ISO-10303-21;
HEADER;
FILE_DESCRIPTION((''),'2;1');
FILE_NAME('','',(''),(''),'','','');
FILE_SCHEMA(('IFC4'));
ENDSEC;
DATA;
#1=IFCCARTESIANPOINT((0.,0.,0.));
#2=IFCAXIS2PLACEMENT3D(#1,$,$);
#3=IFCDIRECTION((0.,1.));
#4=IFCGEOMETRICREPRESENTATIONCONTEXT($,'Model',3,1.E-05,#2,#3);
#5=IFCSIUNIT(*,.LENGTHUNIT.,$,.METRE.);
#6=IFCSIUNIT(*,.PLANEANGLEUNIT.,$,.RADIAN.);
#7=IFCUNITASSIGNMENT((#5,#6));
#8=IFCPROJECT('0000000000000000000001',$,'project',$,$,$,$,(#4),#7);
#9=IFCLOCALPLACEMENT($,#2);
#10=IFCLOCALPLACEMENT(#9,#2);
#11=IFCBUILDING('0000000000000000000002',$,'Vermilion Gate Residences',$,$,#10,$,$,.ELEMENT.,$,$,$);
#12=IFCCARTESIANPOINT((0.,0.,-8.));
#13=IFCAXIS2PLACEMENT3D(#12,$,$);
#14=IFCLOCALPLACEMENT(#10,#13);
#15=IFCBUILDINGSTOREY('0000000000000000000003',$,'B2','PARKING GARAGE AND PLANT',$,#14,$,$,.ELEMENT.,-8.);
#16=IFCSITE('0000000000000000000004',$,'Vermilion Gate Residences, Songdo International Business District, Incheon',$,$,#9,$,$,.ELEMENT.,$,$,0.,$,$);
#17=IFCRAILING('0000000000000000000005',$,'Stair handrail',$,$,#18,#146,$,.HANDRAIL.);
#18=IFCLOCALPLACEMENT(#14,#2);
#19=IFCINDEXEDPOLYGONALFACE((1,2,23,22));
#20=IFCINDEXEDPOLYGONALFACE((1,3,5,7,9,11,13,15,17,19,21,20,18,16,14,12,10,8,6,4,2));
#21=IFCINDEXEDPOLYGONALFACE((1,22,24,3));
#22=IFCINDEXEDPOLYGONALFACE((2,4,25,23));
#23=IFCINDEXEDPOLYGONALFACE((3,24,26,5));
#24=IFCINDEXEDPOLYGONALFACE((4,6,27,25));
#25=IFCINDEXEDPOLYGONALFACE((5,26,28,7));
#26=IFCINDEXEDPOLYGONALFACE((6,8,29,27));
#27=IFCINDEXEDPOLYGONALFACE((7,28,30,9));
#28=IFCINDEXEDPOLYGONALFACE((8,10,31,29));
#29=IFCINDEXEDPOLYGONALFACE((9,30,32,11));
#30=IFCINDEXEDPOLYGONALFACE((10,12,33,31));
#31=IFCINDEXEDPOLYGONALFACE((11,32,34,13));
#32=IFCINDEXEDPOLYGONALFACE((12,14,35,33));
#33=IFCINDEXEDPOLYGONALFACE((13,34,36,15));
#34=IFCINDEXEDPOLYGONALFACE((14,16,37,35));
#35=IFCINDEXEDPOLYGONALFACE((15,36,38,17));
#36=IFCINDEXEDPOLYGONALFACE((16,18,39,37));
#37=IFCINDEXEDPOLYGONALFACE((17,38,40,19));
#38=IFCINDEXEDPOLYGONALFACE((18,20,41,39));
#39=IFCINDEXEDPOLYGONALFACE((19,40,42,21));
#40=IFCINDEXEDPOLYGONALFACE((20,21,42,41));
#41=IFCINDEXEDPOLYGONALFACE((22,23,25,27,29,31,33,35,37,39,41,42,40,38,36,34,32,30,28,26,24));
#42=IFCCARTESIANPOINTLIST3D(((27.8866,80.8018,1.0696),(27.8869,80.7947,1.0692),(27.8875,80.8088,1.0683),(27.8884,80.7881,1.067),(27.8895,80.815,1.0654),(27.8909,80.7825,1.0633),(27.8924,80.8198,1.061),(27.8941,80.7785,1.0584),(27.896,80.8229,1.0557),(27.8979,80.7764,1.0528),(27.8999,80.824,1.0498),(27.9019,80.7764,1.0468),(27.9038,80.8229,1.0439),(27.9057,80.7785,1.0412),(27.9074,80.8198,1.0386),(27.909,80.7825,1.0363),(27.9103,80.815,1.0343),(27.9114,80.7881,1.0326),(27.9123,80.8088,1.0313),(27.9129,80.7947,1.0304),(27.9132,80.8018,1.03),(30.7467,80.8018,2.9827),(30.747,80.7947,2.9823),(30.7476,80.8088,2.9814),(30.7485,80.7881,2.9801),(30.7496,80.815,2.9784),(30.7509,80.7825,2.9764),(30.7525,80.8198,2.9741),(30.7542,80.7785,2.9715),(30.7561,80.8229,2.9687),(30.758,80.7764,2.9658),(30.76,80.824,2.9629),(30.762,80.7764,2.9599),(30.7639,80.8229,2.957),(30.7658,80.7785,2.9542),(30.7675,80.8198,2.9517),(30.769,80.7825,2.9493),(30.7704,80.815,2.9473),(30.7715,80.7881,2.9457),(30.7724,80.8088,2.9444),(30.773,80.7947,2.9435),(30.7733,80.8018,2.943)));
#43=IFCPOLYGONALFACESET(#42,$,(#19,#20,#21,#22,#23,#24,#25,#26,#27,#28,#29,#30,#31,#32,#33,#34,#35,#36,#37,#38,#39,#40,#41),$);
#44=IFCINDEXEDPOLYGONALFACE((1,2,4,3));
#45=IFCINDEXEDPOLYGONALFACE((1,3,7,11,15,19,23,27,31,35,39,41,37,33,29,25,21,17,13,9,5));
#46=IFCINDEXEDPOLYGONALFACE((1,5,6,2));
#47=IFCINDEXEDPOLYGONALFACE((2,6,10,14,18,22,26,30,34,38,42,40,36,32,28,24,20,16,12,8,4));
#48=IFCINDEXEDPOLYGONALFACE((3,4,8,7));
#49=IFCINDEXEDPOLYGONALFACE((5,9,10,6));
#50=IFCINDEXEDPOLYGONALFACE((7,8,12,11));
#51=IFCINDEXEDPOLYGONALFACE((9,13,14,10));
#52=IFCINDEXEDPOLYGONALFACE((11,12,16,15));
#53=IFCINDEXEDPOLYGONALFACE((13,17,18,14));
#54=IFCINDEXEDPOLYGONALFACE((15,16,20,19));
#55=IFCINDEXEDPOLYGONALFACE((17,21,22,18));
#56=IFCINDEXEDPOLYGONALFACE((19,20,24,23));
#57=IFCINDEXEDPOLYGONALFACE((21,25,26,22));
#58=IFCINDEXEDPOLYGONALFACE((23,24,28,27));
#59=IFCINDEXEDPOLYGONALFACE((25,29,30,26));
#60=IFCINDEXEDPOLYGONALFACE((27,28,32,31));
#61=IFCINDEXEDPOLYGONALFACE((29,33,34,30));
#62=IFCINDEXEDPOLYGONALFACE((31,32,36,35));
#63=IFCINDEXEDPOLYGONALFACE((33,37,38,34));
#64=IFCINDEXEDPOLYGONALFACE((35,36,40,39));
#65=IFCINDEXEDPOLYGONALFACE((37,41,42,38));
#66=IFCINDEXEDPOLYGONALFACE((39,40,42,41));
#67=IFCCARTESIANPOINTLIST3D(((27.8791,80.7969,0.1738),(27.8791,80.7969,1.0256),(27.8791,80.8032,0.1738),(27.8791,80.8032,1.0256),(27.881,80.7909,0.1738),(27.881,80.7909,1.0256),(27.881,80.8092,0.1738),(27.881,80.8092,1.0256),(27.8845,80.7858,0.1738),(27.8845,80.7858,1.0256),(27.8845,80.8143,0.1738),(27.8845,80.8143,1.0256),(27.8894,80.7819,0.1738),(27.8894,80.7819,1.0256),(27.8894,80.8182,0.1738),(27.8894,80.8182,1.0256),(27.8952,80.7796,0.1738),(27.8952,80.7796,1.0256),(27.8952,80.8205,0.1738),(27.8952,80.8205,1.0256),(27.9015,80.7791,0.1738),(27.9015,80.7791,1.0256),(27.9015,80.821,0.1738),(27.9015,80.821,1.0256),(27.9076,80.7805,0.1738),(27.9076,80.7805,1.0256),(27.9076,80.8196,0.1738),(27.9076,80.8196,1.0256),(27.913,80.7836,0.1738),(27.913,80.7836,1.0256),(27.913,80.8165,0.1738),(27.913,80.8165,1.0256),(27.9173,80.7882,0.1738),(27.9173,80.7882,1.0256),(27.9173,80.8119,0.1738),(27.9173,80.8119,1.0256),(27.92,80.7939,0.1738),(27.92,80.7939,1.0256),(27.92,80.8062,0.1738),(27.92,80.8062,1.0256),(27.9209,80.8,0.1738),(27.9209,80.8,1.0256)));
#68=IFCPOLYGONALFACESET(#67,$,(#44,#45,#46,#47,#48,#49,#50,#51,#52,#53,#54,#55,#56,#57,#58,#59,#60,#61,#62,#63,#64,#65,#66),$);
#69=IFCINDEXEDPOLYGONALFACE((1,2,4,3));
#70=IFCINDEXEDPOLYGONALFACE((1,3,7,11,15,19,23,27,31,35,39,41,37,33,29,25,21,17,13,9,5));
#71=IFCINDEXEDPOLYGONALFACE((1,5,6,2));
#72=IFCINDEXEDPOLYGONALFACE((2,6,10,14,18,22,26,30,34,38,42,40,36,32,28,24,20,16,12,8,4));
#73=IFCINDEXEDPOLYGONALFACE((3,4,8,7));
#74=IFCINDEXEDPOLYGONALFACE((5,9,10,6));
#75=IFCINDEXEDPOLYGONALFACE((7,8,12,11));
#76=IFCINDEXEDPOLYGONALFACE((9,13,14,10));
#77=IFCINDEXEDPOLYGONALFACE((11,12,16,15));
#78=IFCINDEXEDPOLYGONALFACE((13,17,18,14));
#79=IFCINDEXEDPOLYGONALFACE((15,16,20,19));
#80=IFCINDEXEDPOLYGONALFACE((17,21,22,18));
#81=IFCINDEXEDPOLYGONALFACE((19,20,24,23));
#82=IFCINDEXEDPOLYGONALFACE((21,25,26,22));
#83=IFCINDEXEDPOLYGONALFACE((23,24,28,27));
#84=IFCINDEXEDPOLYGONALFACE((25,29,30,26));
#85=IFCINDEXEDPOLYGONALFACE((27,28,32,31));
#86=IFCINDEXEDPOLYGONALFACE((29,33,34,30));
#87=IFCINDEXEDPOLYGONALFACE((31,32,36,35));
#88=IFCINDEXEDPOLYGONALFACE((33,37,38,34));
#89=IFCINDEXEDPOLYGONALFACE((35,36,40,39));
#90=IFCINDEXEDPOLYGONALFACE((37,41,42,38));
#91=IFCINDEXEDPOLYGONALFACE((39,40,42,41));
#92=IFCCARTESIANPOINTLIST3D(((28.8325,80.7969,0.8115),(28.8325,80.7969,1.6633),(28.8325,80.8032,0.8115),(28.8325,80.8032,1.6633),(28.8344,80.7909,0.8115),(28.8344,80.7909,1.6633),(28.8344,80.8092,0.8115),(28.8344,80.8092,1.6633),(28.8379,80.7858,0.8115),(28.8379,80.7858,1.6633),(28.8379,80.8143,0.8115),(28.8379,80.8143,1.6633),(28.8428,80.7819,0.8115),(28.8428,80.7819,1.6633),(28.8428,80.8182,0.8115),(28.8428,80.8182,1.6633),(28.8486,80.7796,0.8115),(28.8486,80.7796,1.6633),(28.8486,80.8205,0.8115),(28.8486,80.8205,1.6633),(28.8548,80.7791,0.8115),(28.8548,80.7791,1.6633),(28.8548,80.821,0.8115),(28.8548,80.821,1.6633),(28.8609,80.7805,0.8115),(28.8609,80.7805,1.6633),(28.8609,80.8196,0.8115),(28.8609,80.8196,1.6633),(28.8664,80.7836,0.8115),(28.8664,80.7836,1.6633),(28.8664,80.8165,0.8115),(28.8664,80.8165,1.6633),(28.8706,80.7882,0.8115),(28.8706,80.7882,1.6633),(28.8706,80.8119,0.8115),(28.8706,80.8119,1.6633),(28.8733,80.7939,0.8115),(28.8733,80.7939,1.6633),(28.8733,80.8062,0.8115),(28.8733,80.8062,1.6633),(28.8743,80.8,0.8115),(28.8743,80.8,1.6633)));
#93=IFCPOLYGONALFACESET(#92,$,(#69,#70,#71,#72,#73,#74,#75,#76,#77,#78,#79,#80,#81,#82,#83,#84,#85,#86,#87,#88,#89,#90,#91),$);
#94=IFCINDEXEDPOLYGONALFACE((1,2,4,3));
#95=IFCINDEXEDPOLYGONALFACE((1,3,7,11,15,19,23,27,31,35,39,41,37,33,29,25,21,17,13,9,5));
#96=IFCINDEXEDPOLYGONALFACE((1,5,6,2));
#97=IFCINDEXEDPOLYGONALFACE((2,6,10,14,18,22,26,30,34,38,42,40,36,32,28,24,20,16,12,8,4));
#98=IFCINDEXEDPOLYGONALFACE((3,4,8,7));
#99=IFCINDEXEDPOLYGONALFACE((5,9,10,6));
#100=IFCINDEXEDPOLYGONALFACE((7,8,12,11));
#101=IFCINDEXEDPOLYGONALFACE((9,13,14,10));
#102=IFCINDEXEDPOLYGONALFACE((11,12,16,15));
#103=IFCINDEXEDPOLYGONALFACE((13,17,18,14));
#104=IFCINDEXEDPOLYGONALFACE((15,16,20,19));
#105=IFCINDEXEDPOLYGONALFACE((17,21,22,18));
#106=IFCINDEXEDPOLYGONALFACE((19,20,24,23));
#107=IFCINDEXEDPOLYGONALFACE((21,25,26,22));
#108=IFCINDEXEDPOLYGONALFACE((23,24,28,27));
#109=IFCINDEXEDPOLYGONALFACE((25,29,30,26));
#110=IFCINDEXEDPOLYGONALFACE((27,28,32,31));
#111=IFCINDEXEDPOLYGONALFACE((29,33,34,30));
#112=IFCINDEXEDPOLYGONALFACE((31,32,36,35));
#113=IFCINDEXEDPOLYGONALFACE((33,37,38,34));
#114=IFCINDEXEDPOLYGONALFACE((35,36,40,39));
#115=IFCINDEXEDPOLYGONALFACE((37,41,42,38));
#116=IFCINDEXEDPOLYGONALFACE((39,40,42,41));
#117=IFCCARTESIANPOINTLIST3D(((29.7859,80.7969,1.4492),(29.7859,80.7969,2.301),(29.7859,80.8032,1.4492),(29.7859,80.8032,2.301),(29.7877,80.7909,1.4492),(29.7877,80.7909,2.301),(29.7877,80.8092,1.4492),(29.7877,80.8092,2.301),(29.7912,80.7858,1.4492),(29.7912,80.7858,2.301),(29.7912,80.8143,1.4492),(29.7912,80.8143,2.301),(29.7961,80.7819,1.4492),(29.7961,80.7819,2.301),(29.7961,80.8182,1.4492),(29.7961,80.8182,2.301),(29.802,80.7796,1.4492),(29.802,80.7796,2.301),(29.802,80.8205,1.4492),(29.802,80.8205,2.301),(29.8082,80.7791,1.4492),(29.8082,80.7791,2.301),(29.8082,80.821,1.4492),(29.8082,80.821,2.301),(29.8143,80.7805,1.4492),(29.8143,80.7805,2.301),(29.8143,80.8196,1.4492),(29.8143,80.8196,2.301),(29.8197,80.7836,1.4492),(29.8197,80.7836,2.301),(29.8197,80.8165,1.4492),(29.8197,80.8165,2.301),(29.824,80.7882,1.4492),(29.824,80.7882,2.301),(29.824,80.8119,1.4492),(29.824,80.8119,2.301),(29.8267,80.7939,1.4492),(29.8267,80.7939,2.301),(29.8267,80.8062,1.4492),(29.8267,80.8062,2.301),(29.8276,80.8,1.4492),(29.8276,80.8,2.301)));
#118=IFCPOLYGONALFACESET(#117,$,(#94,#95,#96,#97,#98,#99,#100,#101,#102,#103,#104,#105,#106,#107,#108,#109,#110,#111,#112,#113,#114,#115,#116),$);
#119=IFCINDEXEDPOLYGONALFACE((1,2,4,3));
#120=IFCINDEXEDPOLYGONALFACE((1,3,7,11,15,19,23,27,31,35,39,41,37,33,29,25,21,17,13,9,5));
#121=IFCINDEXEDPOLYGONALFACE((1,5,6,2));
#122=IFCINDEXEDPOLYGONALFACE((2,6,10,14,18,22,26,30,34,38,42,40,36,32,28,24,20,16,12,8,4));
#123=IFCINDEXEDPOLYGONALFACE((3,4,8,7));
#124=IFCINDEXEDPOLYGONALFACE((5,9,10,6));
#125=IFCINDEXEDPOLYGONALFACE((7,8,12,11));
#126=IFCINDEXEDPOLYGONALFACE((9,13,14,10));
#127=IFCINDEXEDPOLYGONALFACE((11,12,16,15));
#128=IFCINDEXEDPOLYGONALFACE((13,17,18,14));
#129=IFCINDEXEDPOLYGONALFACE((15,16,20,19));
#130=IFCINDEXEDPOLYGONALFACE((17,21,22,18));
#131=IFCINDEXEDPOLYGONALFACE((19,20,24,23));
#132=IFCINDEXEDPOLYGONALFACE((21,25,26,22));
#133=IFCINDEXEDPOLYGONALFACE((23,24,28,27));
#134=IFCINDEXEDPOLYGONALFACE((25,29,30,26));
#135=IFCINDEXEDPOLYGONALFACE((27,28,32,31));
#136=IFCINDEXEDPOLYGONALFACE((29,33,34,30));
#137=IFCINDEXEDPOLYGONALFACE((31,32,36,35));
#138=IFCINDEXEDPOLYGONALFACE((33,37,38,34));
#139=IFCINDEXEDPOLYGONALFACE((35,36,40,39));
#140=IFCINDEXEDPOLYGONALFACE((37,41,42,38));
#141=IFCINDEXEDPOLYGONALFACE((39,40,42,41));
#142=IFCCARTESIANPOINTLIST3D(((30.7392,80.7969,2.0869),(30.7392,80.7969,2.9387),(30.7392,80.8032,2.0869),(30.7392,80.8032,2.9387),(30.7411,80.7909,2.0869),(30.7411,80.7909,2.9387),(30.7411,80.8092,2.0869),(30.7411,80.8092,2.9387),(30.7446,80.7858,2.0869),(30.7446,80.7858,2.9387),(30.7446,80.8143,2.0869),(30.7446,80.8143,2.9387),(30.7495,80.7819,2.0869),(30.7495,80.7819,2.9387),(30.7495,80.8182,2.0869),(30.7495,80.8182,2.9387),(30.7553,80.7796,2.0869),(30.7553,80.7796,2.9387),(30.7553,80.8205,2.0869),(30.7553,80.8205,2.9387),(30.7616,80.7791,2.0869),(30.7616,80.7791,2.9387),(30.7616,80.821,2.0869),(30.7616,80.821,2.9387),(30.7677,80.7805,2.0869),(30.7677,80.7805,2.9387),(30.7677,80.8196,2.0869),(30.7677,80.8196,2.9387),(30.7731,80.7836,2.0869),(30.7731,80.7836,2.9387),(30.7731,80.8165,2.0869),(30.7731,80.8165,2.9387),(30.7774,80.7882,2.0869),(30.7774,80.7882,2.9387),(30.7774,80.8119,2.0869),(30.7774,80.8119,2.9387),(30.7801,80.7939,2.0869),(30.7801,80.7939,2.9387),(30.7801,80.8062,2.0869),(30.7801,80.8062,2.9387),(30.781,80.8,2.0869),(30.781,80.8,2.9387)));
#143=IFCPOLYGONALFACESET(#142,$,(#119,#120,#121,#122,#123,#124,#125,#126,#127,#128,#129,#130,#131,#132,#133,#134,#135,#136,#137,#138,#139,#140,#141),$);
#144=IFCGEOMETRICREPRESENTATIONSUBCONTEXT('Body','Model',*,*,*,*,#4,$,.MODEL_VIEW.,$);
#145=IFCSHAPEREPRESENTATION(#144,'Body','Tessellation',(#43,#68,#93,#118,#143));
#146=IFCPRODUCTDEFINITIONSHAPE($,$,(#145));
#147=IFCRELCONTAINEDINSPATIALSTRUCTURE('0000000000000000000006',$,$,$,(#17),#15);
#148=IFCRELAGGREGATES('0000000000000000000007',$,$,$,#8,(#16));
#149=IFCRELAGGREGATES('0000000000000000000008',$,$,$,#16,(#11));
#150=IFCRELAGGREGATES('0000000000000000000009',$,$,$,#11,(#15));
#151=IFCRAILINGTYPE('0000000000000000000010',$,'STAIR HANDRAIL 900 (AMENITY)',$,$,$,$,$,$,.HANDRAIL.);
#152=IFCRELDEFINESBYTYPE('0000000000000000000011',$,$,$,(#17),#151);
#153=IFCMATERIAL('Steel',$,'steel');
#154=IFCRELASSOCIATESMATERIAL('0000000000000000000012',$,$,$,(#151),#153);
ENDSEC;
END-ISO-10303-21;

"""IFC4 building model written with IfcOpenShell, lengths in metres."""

from ifc_helpers import new_model, si_unit, direction, frame, origin, origin_2d, place, context, subcontext, project, spatial, circle, extrude, material, type_object, element, save


model = new_model("IFC4")

# Units and contexts
model_context = context("Model", 3, precision=1e-05, world=origin(), true_north=direction((0.0, 1.0)))
body_context = subcontext(model_context, "Body", "Model", "MODEL_VIEW")
ifc_project = project(units=[si_unit("LENGTHUNIT", "METRE"), si_unit("PLANEANGLEUNIT", "RADIAN")], contexts=[model_context])

# Site, building, storey
site_placement = place(None, origin())
site = spatial("IfcSite", under=ifc_project, at=site_placement, Name="Vermilion Gate Residences, Songdo International Business District, Incheon", CompositionType="ELEMENT", RefElevation=0.0)
building_placement = place(site_placement, origin())
building = spatial("IfcBuilding", under=site, at=building_placement, Name="Vermilion Gate Residences", CompositionType="ELEMENT")
storey_placement = place(building_placement, frame((0.0, 0.0, -8.0)))
storey = spatial("IfcBuildingStorey", under=building, at=storey_placement, Name="B2", Description="PARKING GARAGE AND PLANT", CompositionType="ELEMENT", Elevation=-8.0)

# Railing
ifc_material_1 = material(Name="Steel", Category="steel")
railing_type = type_object("IfcRailingType", Name="STAIR HANDRAIL 900 (AMENITY)", PredefinedType="HANDRAIL", material=ifc_material_1)
railing_1_placement = place(storey_placement, frame((27.8999, 80.8, 0.1738)))
element("IfcRailing", 1, at=railing_1_placement, inside=storey, type_object=railing_type, Name="Stair handrail", PredefinedType="HANDRAIL", context=body_context, shape_type="SweptSolid", body=[
    extrude(circle(Radius=0.0239, at=origin_2d()), frame((0.0, 0.0, 0.876), z_axis=(0.831198, 0.0, 0.555977), x_axis=(0.0, 1.0, 0.0)), (0.0, 0.0, 1.0), 3.4409),
    extrude(circle(Radius=0.021, at=origin_2d()), origin(), (0.0, 0.0, 1.0), 0.8518),
    extrude(circle(Radius=0.021, at=origin_2d()), frame((0.9534, 0.0, 0.6377)), (0.0, 0.0, 1.0), 0.8518),
    extrude(circle(Radius=0.021, at=origin_2d()), frame((1.9067, 0.0, 1.2754)), (0.0, 0.0, 1.0), 0.8518),
    extrude(circle(Radius=0.021, at=origin_2d()), frame((2.8601, 0.0, 1.9131)), (0.0, 0.0, 1.0), 0.8518),
])

save(model, "model.ifc")
